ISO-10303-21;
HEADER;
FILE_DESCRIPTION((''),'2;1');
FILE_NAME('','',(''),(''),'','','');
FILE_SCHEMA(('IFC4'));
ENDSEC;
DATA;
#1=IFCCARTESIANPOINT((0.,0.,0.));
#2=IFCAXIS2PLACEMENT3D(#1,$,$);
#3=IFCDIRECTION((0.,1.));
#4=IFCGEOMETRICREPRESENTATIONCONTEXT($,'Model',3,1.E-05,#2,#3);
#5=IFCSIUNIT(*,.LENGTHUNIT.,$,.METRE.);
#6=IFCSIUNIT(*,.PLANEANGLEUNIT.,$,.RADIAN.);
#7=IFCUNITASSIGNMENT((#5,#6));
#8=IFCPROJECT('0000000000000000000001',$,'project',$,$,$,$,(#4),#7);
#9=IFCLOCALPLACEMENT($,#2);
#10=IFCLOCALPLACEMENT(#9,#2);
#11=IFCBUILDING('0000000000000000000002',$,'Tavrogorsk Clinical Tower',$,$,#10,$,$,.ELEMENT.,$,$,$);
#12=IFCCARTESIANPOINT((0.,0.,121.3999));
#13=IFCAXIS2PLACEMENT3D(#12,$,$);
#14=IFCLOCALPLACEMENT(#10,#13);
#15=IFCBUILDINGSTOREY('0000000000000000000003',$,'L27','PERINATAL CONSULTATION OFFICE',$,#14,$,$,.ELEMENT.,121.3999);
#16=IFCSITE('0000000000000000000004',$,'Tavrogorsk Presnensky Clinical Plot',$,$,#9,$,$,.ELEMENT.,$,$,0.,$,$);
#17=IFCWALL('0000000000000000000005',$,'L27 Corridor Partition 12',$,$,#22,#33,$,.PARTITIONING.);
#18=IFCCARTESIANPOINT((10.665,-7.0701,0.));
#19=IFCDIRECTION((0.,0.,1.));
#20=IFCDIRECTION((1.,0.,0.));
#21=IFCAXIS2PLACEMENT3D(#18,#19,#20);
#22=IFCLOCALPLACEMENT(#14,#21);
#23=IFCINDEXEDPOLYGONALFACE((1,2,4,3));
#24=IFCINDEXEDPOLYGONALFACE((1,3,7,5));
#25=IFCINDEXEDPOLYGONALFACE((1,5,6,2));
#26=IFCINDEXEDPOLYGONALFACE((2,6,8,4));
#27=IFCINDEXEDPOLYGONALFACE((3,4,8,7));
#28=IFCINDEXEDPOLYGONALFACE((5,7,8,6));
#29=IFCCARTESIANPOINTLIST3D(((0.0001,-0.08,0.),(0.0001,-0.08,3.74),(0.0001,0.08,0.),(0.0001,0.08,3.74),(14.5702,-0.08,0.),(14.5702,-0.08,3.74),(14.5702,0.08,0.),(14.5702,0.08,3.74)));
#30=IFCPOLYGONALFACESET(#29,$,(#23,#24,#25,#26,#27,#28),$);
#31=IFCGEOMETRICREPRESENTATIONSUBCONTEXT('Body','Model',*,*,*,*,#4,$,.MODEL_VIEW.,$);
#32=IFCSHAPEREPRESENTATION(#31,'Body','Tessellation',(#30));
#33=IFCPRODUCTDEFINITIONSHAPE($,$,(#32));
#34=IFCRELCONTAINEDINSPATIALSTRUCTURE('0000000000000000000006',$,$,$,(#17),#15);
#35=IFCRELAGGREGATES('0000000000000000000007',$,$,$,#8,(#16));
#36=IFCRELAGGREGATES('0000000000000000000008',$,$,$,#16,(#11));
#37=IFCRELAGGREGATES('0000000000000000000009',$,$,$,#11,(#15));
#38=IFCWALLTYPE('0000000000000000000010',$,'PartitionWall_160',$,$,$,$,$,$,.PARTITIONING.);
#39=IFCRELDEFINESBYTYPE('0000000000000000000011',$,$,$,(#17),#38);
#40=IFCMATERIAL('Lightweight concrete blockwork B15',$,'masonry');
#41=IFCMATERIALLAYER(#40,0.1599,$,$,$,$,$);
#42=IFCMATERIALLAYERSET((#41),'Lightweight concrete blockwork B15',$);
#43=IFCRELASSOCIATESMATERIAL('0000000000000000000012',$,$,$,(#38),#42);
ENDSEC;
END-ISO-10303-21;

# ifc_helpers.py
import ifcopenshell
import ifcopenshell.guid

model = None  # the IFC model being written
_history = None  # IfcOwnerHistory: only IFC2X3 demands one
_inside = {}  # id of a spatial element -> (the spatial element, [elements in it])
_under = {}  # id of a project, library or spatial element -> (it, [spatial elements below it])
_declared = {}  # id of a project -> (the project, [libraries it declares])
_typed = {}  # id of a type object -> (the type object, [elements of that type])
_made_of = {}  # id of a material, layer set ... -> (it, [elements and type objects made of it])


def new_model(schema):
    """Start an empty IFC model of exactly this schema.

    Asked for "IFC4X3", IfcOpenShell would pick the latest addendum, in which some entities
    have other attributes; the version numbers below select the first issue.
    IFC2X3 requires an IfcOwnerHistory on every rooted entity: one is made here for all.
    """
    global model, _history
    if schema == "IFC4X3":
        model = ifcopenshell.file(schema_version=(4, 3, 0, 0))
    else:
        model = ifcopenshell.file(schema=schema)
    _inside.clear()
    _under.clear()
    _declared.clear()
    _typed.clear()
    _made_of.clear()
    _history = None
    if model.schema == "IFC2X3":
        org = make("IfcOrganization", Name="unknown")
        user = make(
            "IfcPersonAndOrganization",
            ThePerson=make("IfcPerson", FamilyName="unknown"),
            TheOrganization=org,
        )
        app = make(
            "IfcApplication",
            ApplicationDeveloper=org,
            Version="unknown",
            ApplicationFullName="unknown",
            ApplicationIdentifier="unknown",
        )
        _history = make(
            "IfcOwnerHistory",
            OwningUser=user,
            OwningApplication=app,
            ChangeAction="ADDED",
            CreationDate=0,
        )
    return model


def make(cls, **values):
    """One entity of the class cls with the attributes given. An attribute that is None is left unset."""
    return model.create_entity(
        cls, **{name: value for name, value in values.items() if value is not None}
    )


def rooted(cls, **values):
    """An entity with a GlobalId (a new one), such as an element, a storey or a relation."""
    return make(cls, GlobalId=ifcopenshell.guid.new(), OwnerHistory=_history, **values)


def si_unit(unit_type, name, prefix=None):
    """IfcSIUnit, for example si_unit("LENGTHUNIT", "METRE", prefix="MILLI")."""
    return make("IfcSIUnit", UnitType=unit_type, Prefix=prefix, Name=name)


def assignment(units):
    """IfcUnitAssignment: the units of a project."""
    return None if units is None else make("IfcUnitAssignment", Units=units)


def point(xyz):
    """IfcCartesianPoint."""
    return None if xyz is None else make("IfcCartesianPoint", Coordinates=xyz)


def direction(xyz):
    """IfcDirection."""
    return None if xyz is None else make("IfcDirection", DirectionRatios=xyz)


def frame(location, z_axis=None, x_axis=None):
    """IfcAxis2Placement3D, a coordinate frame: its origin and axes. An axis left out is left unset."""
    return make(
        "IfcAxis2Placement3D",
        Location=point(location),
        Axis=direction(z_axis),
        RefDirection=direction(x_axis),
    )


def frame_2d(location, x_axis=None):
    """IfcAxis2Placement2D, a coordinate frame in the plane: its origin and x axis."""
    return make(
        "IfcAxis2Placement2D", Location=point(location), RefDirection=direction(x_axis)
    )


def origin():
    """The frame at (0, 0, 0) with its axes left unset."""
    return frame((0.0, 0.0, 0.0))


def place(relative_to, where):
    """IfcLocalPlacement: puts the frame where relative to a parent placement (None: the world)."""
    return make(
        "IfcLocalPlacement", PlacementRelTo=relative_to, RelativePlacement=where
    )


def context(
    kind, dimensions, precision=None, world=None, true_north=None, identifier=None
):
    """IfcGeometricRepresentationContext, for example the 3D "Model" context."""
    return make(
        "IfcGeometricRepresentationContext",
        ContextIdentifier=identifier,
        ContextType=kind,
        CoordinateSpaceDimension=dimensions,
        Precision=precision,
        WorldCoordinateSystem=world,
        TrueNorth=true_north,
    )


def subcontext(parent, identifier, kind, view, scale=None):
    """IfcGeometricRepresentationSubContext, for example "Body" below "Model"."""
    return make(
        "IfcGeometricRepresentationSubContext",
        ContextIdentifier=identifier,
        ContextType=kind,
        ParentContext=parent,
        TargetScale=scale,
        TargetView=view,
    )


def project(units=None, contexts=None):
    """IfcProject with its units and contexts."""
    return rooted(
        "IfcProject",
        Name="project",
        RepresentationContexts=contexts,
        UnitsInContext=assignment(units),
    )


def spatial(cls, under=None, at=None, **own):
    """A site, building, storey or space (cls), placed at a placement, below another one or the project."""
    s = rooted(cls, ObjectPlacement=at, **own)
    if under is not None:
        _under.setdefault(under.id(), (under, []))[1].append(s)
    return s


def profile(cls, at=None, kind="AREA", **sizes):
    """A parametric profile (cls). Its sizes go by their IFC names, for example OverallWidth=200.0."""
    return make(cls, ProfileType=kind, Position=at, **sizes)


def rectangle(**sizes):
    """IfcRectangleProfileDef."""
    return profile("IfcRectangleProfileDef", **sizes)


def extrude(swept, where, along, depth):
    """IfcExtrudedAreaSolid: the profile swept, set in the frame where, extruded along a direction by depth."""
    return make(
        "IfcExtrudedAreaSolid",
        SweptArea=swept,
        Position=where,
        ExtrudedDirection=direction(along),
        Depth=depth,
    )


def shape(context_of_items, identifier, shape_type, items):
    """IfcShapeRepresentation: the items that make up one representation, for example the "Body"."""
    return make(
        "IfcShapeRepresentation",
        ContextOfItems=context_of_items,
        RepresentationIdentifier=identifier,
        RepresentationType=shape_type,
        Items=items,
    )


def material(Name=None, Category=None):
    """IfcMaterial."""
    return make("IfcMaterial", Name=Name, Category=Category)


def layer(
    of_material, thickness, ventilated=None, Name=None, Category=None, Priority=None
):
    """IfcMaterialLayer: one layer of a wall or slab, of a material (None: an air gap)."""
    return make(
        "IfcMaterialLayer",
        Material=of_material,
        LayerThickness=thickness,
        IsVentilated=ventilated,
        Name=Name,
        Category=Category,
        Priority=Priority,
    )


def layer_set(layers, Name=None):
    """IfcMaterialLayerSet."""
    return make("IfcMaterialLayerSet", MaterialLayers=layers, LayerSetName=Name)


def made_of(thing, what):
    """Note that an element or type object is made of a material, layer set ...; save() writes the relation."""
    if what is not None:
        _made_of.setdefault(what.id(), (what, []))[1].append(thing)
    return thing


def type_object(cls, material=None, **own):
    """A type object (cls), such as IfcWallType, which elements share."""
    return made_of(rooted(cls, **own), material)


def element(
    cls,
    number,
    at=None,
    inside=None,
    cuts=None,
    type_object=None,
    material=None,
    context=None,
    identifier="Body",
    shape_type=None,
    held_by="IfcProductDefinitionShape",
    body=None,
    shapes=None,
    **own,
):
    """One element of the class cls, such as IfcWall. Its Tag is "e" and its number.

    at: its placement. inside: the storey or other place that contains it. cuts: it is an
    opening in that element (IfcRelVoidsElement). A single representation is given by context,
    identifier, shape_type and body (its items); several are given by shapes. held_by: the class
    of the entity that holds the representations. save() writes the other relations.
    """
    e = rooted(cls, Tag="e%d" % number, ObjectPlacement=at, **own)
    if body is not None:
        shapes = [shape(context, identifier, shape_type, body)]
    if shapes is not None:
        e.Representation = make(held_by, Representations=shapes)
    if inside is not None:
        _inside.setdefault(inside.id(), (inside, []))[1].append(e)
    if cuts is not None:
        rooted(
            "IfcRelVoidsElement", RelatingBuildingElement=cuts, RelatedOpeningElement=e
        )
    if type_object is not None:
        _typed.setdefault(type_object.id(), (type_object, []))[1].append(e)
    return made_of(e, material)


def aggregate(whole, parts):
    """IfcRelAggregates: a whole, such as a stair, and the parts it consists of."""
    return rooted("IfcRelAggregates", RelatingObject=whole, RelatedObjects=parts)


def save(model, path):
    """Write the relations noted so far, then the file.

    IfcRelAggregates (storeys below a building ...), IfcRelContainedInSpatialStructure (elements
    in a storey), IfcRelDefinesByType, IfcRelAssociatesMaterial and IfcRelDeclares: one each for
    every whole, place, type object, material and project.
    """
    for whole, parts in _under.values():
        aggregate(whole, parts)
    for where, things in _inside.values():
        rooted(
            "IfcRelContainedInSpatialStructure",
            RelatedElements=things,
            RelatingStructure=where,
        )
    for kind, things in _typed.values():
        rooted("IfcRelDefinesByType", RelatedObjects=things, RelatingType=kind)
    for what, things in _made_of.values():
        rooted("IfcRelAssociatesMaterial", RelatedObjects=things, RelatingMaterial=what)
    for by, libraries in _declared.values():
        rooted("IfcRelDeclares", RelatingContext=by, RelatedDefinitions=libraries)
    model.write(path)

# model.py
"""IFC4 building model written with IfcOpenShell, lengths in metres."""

from ifc_helpers import new_model, si_unit, direction, frame, frame_2d, origin, place, context, subcontext, project, spatial, rectangle, extrude, material, layer, layer_set, type_object, element, save


model = new_model("IFC4")

# Units and contexts
model_context = context("Model", 3, precision=1e-05, world=origin(), true_north=direction((0.0, 1.0)))
body_context = subcontext(model_context, "Body", "Model", "MODEL_VIEW")
ifc_project = project(units=[si_unit("LENGTHUNIT", "METRE"), si_unit("PLANEANGLEUNIT", "RADIAN")], contexts=[model_context])

# Site, building, storey
site_placement = place(None, origin())
site = spatial("IfcSite", under=ifc_project, at=site_placement, Name="Tavrogorsk Presnensky Clinical Plot", CompositionType="ELEMENT", RefElevation=0.0)
building_placement = place(site_placement, origin())
building = spatial("IfcBuilding", under=site, at=building_placement, Name="Tavrogorsk Clinical Tower", CompositionType="ELEMENT")
storey_placement = place(building_placement, frame((0.0, 0.0, 121.3999)))
storey = spatial("IfcBuildingStorey", under=building, at=storey_placement, Name="L27", Description="PERINATAL CONSULTATION OFFICE", CompositionType="ELEMENT", Elevation=121.3999)

# Wall
ifc_material_1 = material(Name="Lightweight concrete blockwork B15", Category="masonry")
ifc_layer_1 = layer(ifc_material_1, 0.1599)
ifc_layer_set_1 = layer_set([ifc_layer_1], Name="Lightweight concrete blockwork B15")
wall_type_1 = type_object("IfcWallType", Name="PartitionWall_160", PredefinedType="PARTITIONING", material=ifc_layer_set_1)
wall_1_placement = place(storey_placement, frame((10.665, -7.0701, 0.0), z_axis=(0.0, 0.0, 1.0), x_axis=(1.0, 0.0, 0.0)))
element("IfcWall", 1, at=wall_1_placement, inside=storey, type_object=wall_type_1, Name="L27 Corridor Partition 12", PredefinedType="PARTITIONING", context=body_context, shape_type="SweptSolid", body=[
    extrude(rectangle(XDim=14.5701, YDim=0.1599, at=frame_2d((7.2852, 0.0))), origin(), (0.0, 0.0, 1.0), 3.74),
])

save(model, "model.ifc")
